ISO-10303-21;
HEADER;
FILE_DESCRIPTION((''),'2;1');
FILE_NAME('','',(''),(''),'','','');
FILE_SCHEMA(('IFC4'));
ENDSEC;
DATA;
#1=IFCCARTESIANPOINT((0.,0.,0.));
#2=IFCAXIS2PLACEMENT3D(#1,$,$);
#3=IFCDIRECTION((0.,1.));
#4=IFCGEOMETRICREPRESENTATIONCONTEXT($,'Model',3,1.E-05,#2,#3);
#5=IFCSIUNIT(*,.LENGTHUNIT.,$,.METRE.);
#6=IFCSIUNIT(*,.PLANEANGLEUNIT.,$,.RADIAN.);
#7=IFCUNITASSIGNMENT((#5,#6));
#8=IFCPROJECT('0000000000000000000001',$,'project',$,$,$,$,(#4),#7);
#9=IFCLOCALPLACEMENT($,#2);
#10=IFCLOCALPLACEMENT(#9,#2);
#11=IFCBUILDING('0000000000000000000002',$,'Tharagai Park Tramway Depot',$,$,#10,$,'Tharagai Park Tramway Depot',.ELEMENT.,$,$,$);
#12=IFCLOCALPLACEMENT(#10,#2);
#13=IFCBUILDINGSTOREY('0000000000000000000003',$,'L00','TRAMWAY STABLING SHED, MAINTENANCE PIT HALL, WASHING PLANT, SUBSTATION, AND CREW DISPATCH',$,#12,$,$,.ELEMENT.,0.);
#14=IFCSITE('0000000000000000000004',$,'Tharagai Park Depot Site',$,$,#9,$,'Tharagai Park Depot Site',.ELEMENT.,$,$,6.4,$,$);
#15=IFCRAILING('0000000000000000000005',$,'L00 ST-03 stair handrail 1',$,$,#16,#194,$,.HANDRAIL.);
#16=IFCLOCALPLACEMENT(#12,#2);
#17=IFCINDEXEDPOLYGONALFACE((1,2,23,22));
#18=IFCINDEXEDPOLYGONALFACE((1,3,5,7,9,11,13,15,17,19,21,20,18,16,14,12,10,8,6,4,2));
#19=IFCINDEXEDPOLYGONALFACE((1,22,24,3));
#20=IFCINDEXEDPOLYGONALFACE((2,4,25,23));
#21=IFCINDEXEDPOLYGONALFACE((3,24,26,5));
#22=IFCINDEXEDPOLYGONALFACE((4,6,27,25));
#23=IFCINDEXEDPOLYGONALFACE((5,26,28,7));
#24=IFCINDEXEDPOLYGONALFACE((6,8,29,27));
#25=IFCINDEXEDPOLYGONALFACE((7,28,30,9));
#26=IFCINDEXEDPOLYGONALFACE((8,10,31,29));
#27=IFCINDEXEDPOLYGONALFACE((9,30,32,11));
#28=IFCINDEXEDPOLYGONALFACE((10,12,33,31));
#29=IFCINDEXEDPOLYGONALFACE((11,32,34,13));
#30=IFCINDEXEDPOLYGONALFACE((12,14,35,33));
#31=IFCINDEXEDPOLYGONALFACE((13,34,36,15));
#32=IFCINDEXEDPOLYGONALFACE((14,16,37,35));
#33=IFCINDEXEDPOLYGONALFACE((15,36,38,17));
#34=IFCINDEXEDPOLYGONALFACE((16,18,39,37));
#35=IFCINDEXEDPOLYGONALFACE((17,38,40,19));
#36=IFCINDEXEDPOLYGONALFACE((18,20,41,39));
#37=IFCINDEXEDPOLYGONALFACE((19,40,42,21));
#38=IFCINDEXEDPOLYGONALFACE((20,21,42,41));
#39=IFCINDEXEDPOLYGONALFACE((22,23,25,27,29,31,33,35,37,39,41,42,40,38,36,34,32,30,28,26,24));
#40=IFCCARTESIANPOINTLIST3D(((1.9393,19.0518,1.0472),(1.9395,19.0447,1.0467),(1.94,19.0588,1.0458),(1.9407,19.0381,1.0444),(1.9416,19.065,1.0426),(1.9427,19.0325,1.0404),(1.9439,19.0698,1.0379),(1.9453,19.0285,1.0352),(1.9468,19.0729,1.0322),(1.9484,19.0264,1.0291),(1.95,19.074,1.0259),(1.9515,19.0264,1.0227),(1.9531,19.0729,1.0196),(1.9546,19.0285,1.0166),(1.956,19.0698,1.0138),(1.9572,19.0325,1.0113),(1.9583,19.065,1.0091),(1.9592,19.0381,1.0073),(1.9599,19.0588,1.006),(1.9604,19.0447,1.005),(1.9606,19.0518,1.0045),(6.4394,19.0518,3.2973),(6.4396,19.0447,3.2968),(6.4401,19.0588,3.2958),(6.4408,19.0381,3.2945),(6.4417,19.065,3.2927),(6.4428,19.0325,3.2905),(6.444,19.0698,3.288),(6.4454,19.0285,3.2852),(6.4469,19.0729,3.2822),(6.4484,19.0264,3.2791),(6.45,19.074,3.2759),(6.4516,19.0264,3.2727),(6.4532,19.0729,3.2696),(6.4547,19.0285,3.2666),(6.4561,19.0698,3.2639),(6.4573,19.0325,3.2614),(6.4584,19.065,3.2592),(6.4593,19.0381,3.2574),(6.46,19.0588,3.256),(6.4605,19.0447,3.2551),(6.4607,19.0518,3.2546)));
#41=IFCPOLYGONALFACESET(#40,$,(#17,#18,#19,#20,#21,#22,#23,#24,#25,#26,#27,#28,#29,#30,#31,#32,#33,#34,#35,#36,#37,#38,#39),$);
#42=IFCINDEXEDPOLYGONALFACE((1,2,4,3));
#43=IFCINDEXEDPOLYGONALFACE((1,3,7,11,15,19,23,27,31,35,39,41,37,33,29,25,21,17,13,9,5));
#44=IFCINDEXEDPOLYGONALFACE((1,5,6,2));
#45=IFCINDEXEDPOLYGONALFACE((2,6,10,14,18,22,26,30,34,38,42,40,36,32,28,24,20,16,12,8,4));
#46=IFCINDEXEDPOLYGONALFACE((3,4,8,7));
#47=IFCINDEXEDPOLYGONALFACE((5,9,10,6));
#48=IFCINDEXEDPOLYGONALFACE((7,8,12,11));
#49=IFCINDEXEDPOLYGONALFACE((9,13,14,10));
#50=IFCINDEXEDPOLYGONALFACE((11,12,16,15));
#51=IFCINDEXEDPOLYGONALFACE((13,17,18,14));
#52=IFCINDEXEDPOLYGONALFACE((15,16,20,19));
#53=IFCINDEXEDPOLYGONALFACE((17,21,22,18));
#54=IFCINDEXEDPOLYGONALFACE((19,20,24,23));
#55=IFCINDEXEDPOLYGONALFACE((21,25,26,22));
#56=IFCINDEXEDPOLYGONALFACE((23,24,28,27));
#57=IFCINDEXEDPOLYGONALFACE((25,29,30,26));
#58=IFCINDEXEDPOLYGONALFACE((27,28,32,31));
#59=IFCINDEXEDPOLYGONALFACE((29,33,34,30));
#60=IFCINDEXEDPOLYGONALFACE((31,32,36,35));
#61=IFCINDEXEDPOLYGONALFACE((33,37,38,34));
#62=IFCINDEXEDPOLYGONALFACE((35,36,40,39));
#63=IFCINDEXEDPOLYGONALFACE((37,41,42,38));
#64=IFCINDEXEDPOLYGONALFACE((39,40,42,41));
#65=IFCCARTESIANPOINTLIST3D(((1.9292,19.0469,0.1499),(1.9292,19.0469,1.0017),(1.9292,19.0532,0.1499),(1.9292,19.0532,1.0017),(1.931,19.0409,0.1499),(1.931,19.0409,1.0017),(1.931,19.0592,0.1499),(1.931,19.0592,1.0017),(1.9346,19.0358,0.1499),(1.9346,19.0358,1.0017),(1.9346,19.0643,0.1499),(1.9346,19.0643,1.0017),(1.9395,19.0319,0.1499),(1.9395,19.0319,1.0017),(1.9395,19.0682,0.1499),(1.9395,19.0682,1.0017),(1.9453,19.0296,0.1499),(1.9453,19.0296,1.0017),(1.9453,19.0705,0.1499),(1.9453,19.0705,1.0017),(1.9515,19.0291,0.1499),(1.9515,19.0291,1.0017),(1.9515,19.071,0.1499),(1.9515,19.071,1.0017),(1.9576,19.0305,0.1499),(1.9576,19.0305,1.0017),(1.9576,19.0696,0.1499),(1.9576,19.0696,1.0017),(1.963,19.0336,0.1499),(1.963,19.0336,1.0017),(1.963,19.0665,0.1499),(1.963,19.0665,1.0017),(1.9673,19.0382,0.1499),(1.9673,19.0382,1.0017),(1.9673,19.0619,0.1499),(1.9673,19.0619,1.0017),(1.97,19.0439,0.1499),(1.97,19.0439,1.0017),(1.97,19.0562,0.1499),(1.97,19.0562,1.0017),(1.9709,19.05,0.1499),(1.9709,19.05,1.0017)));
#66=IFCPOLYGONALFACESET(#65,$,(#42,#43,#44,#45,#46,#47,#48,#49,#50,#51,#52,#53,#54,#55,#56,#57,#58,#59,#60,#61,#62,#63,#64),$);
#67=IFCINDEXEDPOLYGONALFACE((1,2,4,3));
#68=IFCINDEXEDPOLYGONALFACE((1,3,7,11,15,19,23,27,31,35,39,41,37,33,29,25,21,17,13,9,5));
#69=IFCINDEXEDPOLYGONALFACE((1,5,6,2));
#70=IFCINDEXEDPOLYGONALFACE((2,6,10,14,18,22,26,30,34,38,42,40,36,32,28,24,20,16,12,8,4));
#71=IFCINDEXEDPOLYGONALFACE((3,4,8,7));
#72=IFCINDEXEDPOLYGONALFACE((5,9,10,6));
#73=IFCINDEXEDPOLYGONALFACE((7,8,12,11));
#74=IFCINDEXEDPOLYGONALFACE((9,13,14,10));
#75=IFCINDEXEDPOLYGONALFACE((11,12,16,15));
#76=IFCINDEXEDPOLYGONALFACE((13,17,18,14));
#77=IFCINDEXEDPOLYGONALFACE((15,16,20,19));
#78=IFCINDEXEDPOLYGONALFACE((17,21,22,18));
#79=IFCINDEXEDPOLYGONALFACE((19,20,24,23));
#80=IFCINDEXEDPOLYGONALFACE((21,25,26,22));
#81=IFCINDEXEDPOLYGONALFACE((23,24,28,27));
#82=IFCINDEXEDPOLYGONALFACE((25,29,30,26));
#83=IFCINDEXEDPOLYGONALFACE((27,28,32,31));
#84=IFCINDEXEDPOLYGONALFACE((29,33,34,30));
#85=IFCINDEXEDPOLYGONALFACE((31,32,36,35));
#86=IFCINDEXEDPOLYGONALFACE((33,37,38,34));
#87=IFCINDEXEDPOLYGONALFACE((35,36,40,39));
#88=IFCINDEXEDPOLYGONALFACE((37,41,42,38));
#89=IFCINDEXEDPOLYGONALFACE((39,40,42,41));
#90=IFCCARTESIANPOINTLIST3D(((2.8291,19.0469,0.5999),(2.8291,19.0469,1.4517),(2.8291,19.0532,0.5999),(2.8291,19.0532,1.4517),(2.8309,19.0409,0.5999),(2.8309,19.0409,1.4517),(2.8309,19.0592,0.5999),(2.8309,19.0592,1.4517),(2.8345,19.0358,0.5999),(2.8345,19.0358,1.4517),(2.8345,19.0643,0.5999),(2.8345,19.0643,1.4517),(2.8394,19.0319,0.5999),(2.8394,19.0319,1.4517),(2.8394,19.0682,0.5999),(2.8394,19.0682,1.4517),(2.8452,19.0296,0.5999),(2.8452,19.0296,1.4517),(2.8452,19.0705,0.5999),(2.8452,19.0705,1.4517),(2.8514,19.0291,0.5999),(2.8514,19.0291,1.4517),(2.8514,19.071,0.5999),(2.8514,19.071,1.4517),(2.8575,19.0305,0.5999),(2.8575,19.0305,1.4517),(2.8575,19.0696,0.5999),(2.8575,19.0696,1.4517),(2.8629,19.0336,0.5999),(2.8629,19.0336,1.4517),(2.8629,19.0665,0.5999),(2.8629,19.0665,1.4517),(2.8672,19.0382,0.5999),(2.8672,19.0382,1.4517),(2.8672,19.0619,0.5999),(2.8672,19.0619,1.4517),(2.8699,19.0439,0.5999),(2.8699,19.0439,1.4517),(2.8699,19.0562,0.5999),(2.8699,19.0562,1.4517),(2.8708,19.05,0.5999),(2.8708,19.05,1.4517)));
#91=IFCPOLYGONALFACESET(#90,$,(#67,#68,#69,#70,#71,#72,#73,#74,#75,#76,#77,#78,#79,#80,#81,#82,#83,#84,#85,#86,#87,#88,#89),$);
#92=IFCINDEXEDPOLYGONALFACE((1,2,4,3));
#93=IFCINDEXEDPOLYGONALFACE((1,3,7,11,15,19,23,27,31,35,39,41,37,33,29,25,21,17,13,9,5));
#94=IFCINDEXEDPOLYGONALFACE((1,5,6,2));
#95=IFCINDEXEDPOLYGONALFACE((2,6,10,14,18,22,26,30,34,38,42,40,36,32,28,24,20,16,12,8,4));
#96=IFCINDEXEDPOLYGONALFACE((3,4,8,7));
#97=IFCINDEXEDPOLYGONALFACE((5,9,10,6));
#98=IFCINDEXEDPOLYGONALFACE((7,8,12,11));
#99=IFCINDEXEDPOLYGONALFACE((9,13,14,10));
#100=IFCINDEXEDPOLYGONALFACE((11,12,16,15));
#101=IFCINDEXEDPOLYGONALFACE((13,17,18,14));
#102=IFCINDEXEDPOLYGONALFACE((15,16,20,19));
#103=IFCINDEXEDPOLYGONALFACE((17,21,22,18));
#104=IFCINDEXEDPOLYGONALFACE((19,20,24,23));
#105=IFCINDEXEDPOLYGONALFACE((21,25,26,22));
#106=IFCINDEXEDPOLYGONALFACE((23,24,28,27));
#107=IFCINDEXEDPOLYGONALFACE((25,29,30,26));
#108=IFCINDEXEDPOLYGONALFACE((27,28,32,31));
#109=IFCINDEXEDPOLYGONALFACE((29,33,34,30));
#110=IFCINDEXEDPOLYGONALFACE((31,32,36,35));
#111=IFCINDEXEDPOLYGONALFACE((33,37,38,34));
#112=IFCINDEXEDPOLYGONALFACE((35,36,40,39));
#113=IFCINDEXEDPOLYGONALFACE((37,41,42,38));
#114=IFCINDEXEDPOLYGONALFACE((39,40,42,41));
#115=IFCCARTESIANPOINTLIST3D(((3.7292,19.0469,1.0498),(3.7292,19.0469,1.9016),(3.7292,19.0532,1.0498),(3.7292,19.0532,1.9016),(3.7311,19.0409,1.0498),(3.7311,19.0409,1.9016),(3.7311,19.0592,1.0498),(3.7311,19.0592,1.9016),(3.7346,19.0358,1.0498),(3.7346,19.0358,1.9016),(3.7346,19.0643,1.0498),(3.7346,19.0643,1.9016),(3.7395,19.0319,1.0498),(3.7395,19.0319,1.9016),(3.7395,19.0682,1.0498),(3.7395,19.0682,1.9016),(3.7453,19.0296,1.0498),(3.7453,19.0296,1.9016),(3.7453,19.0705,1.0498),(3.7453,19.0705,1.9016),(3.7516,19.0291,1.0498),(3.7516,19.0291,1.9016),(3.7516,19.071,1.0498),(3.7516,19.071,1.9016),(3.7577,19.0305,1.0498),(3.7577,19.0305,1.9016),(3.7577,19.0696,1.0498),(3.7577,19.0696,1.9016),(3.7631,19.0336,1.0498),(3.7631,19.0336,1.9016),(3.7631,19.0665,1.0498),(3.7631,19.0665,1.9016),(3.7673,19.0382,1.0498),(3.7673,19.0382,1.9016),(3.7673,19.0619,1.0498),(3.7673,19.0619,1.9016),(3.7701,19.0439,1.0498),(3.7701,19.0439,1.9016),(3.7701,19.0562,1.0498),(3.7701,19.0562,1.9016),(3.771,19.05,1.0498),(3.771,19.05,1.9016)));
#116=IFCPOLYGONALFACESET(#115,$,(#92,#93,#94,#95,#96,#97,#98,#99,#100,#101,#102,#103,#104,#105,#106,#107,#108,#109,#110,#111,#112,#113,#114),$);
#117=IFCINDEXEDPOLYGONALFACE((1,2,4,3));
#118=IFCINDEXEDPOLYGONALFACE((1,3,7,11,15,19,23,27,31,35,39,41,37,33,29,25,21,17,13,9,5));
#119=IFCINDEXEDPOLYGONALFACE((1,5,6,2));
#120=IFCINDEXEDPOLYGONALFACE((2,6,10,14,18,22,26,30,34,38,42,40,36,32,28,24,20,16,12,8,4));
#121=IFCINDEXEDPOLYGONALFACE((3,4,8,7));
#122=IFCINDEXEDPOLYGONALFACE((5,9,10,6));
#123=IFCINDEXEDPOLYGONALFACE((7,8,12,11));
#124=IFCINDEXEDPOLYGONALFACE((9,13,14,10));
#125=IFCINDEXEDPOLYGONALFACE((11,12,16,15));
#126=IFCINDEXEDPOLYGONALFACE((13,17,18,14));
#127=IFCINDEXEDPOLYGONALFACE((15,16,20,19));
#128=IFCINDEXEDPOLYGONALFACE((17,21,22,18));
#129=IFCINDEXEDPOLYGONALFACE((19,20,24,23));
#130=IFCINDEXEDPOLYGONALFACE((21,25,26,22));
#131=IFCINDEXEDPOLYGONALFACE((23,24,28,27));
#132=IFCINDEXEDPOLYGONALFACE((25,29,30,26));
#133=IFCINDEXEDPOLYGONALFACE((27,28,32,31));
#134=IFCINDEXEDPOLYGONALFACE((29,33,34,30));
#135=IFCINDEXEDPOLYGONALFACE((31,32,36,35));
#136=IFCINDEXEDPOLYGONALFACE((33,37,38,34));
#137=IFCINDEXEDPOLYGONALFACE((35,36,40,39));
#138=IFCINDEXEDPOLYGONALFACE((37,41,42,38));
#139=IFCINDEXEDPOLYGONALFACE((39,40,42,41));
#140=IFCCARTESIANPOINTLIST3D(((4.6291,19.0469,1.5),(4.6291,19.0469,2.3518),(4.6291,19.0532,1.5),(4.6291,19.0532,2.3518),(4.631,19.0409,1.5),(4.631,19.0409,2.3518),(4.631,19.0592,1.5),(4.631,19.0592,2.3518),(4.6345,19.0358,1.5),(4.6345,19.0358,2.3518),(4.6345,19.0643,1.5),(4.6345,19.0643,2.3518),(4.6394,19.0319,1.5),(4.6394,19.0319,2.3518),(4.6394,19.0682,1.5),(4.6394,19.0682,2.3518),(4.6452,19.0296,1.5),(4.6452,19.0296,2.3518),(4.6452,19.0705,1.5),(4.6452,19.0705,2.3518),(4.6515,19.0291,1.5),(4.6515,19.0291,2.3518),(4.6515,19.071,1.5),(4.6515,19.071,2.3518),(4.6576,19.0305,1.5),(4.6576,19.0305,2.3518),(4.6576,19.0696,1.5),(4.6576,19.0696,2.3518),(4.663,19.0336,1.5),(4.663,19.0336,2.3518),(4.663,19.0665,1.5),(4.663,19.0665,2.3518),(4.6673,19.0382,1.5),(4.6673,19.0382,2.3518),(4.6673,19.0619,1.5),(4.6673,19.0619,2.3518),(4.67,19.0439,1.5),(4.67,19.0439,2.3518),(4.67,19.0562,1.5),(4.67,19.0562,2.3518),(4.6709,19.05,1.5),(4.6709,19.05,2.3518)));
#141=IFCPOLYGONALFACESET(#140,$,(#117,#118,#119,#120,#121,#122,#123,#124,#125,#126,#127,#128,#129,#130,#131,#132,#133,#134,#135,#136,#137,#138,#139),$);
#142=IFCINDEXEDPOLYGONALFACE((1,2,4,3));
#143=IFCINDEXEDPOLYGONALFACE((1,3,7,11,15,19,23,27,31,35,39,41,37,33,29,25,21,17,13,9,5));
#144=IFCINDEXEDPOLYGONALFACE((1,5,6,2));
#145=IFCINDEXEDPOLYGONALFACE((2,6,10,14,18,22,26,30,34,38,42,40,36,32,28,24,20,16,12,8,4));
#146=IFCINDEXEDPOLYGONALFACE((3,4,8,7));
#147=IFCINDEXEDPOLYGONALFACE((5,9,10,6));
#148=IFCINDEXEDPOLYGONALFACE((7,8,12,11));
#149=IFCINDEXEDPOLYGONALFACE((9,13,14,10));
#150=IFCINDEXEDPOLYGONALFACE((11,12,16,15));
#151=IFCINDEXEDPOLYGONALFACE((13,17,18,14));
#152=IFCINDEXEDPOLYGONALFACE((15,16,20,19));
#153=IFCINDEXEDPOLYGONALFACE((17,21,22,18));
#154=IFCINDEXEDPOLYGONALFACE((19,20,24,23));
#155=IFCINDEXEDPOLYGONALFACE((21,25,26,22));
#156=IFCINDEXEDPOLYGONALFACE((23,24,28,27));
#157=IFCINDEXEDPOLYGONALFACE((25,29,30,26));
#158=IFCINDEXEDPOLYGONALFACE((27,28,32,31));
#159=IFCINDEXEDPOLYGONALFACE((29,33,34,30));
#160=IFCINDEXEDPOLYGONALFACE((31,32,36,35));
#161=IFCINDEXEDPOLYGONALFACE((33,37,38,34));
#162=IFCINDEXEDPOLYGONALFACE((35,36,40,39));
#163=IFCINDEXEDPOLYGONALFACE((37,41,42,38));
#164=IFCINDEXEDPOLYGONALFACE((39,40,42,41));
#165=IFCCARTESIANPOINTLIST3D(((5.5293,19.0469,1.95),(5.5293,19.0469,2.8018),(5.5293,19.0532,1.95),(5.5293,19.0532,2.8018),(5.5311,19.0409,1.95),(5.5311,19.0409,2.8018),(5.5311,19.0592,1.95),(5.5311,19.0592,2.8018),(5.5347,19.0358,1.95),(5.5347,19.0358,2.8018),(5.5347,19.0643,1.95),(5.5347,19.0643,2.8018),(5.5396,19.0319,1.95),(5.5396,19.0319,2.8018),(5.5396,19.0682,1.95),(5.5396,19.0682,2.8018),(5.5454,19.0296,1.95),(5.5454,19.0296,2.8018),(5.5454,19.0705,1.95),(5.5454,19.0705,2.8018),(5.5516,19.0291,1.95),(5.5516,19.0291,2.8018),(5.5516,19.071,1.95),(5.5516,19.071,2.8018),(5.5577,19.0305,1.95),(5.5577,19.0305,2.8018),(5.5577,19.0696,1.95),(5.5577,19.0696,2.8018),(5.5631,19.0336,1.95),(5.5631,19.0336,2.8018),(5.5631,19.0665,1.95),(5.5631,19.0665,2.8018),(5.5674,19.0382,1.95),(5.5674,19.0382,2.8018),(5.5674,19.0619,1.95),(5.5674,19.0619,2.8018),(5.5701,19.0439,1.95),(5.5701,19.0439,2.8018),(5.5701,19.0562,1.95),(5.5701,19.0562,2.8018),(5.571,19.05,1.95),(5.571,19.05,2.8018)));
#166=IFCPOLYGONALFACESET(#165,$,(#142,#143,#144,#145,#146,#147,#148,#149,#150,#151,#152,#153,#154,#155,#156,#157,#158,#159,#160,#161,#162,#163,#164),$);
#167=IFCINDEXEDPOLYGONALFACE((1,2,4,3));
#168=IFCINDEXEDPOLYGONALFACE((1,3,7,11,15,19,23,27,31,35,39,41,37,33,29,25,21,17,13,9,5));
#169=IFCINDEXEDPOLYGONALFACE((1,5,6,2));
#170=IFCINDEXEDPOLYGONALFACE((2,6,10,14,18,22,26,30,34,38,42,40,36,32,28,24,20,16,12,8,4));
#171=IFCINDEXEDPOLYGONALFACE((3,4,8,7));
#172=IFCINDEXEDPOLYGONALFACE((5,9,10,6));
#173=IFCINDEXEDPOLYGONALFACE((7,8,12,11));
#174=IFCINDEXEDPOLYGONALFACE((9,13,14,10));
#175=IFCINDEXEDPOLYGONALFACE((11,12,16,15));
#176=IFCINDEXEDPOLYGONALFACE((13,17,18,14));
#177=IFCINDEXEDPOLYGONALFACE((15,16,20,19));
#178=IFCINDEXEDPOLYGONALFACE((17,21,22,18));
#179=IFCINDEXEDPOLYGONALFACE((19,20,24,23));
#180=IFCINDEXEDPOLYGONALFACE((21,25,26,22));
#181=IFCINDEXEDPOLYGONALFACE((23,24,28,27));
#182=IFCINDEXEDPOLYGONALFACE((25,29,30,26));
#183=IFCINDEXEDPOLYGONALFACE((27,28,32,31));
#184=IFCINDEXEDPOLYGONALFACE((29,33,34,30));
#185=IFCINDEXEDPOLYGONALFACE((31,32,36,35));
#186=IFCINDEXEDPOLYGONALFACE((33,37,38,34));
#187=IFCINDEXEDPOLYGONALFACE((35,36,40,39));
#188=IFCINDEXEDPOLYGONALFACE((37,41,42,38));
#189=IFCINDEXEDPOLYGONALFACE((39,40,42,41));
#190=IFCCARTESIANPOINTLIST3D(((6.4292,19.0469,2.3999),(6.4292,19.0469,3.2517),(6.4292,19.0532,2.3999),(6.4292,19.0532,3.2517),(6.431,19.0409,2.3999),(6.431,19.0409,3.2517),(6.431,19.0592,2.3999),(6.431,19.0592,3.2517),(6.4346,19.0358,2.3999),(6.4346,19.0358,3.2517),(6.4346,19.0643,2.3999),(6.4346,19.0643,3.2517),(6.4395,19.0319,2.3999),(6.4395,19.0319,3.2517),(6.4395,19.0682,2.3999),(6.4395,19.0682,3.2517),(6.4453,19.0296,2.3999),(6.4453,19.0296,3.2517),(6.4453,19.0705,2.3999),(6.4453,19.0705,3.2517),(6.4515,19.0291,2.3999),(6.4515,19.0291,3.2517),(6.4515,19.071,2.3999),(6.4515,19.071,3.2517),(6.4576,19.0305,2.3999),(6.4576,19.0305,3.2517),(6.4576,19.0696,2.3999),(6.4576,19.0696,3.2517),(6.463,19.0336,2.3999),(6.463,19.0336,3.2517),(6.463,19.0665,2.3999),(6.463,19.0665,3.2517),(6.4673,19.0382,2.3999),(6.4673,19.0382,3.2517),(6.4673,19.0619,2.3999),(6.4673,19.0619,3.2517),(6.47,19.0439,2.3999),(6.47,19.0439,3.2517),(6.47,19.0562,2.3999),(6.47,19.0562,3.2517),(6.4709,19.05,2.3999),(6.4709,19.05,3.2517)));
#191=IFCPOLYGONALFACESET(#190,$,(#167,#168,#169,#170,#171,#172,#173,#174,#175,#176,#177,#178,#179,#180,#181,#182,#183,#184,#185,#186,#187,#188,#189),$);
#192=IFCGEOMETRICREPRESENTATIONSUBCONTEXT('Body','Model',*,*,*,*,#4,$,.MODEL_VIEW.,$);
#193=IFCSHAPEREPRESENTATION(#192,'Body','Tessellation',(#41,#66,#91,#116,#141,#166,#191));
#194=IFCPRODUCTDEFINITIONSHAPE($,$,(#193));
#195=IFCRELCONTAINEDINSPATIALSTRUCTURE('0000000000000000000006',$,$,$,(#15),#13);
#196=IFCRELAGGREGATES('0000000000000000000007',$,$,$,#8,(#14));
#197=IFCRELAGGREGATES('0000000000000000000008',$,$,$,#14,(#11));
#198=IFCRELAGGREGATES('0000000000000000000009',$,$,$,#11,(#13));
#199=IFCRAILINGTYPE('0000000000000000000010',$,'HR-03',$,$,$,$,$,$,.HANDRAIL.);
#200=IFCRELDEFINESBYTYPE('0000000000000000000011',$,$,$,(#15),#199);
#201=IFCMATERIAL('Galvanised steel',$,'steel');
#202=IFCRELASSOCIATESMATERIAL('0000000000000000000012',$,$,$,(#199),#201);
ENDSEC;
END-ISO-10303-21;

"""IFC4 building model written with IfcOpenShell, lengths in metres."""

from ifc_helpers import new_model, si_unit, direction, frame, origin, origin_2d, place, context, subcontext, project, spatial, circle, extrude, material, type_object, element, save


model = new_model("IFC4")

# Units and contexts
model_context = context("Model", 3, precision=1e-05, world=origin(), true_north=direction((0.0, 1.0)))
body_context = subcontext(model_context, "Body", "Model", "MODEL_VIEW")
ifc_project = project(units=[si_unit("LENGTHUNIT", "METRE"), si_unit("PLANEANGLEUNIT", "RADIAN")], contexts=[model_context])

# Site, building, storey
site_placement = place(None, origin())
site = spatial("IfcSite", under=ifc_project, at=site_placement, Name="Tharagai Park Depot Site", LongName="Tharagai Park Depot Site", CompositionType="ELEMENT", RefElevation=6.4)
building_placement = place(site_placement, origin())
building = spatial("IfcBuilding", under=site, at=building_placement, Name="Tharagai Park Tramway Depot", LongName="Tharagai Park Tramway Depot", CompositionType="ELEMENT")
storey_placement = place(building_placement, origin())
storey = spatial("IfcBuildingStorey", under=building, at=storey_placement, Name="L00", Description="TRAMWAY STABLING SHED, MAINTENANCE PIT HALL, WASHING PLANT, SUBSTATION, AND CREW DISPATCH", CompositionType="ELEMENT", Elevation=0.0)

# Shared definitions
ifc_material_1 = material(Name="Galvanised steel", Category="steel")

# Railing
railing_type = type_object("IfcRailingType", Name="HR-03", PredefinedType="HANDRAIL", material=ifc_material_1)
railing_placement = place(storey_placement, frame((1.95, 19.05, 0.1499)))
element("IfcRailing", 1, at=railing_placement, inside=storey, type_object=railing_type, Name="L00 ST-03 stair handrail 1", PredefinedType="HANDRAIL", context=body_context, shape_type="SweptSolid", body=[
    extrude(circle(Radius=0.0239, at=origin_2d()), frame((0.0, 0.0, 0.876), z_axis=(0.894427, 0.0, 0.447214), x_axis=(0.0, 1.0, 0.0)), (0.0, 0.0, 1.0), 5.0312),
    extrude(circle(Radius=0.021, at=origin_2d()), origin(), (0.0, 0.0, 1.0), 0.8518),
    extrude(circle(Radius=0.021, at=origin_2d()), frame((0.8999, 0.0, 0.45)), (0.0, 0.0, 1.0), 0.8518),
    extrude(circle(Radius=0.021, at=origin_2d()), frame((1.8, 0.0, 0.8999)), (0.0, 0.0, 1.0), 0.8518),
    extrude(circle(Radius=0.021, at=origin_2d()), frame((2.7, 0.0, 1.3501)), (0.0, 0.0, 1.0), 0.8518),
    extrude(circle(Radius=0.021, at=origin_2d()), frame((3.6001, 0.0, 1.8)), (0.0, 0.0, 1.0), 0.8518),
    extrude(circle(Radius=0.021, at=origin_2d()), frame((4.5, 0.0, 2.25)), (0.0, 0.0, 1.0), 0.8518),
])

save(model, "model.ifc")
